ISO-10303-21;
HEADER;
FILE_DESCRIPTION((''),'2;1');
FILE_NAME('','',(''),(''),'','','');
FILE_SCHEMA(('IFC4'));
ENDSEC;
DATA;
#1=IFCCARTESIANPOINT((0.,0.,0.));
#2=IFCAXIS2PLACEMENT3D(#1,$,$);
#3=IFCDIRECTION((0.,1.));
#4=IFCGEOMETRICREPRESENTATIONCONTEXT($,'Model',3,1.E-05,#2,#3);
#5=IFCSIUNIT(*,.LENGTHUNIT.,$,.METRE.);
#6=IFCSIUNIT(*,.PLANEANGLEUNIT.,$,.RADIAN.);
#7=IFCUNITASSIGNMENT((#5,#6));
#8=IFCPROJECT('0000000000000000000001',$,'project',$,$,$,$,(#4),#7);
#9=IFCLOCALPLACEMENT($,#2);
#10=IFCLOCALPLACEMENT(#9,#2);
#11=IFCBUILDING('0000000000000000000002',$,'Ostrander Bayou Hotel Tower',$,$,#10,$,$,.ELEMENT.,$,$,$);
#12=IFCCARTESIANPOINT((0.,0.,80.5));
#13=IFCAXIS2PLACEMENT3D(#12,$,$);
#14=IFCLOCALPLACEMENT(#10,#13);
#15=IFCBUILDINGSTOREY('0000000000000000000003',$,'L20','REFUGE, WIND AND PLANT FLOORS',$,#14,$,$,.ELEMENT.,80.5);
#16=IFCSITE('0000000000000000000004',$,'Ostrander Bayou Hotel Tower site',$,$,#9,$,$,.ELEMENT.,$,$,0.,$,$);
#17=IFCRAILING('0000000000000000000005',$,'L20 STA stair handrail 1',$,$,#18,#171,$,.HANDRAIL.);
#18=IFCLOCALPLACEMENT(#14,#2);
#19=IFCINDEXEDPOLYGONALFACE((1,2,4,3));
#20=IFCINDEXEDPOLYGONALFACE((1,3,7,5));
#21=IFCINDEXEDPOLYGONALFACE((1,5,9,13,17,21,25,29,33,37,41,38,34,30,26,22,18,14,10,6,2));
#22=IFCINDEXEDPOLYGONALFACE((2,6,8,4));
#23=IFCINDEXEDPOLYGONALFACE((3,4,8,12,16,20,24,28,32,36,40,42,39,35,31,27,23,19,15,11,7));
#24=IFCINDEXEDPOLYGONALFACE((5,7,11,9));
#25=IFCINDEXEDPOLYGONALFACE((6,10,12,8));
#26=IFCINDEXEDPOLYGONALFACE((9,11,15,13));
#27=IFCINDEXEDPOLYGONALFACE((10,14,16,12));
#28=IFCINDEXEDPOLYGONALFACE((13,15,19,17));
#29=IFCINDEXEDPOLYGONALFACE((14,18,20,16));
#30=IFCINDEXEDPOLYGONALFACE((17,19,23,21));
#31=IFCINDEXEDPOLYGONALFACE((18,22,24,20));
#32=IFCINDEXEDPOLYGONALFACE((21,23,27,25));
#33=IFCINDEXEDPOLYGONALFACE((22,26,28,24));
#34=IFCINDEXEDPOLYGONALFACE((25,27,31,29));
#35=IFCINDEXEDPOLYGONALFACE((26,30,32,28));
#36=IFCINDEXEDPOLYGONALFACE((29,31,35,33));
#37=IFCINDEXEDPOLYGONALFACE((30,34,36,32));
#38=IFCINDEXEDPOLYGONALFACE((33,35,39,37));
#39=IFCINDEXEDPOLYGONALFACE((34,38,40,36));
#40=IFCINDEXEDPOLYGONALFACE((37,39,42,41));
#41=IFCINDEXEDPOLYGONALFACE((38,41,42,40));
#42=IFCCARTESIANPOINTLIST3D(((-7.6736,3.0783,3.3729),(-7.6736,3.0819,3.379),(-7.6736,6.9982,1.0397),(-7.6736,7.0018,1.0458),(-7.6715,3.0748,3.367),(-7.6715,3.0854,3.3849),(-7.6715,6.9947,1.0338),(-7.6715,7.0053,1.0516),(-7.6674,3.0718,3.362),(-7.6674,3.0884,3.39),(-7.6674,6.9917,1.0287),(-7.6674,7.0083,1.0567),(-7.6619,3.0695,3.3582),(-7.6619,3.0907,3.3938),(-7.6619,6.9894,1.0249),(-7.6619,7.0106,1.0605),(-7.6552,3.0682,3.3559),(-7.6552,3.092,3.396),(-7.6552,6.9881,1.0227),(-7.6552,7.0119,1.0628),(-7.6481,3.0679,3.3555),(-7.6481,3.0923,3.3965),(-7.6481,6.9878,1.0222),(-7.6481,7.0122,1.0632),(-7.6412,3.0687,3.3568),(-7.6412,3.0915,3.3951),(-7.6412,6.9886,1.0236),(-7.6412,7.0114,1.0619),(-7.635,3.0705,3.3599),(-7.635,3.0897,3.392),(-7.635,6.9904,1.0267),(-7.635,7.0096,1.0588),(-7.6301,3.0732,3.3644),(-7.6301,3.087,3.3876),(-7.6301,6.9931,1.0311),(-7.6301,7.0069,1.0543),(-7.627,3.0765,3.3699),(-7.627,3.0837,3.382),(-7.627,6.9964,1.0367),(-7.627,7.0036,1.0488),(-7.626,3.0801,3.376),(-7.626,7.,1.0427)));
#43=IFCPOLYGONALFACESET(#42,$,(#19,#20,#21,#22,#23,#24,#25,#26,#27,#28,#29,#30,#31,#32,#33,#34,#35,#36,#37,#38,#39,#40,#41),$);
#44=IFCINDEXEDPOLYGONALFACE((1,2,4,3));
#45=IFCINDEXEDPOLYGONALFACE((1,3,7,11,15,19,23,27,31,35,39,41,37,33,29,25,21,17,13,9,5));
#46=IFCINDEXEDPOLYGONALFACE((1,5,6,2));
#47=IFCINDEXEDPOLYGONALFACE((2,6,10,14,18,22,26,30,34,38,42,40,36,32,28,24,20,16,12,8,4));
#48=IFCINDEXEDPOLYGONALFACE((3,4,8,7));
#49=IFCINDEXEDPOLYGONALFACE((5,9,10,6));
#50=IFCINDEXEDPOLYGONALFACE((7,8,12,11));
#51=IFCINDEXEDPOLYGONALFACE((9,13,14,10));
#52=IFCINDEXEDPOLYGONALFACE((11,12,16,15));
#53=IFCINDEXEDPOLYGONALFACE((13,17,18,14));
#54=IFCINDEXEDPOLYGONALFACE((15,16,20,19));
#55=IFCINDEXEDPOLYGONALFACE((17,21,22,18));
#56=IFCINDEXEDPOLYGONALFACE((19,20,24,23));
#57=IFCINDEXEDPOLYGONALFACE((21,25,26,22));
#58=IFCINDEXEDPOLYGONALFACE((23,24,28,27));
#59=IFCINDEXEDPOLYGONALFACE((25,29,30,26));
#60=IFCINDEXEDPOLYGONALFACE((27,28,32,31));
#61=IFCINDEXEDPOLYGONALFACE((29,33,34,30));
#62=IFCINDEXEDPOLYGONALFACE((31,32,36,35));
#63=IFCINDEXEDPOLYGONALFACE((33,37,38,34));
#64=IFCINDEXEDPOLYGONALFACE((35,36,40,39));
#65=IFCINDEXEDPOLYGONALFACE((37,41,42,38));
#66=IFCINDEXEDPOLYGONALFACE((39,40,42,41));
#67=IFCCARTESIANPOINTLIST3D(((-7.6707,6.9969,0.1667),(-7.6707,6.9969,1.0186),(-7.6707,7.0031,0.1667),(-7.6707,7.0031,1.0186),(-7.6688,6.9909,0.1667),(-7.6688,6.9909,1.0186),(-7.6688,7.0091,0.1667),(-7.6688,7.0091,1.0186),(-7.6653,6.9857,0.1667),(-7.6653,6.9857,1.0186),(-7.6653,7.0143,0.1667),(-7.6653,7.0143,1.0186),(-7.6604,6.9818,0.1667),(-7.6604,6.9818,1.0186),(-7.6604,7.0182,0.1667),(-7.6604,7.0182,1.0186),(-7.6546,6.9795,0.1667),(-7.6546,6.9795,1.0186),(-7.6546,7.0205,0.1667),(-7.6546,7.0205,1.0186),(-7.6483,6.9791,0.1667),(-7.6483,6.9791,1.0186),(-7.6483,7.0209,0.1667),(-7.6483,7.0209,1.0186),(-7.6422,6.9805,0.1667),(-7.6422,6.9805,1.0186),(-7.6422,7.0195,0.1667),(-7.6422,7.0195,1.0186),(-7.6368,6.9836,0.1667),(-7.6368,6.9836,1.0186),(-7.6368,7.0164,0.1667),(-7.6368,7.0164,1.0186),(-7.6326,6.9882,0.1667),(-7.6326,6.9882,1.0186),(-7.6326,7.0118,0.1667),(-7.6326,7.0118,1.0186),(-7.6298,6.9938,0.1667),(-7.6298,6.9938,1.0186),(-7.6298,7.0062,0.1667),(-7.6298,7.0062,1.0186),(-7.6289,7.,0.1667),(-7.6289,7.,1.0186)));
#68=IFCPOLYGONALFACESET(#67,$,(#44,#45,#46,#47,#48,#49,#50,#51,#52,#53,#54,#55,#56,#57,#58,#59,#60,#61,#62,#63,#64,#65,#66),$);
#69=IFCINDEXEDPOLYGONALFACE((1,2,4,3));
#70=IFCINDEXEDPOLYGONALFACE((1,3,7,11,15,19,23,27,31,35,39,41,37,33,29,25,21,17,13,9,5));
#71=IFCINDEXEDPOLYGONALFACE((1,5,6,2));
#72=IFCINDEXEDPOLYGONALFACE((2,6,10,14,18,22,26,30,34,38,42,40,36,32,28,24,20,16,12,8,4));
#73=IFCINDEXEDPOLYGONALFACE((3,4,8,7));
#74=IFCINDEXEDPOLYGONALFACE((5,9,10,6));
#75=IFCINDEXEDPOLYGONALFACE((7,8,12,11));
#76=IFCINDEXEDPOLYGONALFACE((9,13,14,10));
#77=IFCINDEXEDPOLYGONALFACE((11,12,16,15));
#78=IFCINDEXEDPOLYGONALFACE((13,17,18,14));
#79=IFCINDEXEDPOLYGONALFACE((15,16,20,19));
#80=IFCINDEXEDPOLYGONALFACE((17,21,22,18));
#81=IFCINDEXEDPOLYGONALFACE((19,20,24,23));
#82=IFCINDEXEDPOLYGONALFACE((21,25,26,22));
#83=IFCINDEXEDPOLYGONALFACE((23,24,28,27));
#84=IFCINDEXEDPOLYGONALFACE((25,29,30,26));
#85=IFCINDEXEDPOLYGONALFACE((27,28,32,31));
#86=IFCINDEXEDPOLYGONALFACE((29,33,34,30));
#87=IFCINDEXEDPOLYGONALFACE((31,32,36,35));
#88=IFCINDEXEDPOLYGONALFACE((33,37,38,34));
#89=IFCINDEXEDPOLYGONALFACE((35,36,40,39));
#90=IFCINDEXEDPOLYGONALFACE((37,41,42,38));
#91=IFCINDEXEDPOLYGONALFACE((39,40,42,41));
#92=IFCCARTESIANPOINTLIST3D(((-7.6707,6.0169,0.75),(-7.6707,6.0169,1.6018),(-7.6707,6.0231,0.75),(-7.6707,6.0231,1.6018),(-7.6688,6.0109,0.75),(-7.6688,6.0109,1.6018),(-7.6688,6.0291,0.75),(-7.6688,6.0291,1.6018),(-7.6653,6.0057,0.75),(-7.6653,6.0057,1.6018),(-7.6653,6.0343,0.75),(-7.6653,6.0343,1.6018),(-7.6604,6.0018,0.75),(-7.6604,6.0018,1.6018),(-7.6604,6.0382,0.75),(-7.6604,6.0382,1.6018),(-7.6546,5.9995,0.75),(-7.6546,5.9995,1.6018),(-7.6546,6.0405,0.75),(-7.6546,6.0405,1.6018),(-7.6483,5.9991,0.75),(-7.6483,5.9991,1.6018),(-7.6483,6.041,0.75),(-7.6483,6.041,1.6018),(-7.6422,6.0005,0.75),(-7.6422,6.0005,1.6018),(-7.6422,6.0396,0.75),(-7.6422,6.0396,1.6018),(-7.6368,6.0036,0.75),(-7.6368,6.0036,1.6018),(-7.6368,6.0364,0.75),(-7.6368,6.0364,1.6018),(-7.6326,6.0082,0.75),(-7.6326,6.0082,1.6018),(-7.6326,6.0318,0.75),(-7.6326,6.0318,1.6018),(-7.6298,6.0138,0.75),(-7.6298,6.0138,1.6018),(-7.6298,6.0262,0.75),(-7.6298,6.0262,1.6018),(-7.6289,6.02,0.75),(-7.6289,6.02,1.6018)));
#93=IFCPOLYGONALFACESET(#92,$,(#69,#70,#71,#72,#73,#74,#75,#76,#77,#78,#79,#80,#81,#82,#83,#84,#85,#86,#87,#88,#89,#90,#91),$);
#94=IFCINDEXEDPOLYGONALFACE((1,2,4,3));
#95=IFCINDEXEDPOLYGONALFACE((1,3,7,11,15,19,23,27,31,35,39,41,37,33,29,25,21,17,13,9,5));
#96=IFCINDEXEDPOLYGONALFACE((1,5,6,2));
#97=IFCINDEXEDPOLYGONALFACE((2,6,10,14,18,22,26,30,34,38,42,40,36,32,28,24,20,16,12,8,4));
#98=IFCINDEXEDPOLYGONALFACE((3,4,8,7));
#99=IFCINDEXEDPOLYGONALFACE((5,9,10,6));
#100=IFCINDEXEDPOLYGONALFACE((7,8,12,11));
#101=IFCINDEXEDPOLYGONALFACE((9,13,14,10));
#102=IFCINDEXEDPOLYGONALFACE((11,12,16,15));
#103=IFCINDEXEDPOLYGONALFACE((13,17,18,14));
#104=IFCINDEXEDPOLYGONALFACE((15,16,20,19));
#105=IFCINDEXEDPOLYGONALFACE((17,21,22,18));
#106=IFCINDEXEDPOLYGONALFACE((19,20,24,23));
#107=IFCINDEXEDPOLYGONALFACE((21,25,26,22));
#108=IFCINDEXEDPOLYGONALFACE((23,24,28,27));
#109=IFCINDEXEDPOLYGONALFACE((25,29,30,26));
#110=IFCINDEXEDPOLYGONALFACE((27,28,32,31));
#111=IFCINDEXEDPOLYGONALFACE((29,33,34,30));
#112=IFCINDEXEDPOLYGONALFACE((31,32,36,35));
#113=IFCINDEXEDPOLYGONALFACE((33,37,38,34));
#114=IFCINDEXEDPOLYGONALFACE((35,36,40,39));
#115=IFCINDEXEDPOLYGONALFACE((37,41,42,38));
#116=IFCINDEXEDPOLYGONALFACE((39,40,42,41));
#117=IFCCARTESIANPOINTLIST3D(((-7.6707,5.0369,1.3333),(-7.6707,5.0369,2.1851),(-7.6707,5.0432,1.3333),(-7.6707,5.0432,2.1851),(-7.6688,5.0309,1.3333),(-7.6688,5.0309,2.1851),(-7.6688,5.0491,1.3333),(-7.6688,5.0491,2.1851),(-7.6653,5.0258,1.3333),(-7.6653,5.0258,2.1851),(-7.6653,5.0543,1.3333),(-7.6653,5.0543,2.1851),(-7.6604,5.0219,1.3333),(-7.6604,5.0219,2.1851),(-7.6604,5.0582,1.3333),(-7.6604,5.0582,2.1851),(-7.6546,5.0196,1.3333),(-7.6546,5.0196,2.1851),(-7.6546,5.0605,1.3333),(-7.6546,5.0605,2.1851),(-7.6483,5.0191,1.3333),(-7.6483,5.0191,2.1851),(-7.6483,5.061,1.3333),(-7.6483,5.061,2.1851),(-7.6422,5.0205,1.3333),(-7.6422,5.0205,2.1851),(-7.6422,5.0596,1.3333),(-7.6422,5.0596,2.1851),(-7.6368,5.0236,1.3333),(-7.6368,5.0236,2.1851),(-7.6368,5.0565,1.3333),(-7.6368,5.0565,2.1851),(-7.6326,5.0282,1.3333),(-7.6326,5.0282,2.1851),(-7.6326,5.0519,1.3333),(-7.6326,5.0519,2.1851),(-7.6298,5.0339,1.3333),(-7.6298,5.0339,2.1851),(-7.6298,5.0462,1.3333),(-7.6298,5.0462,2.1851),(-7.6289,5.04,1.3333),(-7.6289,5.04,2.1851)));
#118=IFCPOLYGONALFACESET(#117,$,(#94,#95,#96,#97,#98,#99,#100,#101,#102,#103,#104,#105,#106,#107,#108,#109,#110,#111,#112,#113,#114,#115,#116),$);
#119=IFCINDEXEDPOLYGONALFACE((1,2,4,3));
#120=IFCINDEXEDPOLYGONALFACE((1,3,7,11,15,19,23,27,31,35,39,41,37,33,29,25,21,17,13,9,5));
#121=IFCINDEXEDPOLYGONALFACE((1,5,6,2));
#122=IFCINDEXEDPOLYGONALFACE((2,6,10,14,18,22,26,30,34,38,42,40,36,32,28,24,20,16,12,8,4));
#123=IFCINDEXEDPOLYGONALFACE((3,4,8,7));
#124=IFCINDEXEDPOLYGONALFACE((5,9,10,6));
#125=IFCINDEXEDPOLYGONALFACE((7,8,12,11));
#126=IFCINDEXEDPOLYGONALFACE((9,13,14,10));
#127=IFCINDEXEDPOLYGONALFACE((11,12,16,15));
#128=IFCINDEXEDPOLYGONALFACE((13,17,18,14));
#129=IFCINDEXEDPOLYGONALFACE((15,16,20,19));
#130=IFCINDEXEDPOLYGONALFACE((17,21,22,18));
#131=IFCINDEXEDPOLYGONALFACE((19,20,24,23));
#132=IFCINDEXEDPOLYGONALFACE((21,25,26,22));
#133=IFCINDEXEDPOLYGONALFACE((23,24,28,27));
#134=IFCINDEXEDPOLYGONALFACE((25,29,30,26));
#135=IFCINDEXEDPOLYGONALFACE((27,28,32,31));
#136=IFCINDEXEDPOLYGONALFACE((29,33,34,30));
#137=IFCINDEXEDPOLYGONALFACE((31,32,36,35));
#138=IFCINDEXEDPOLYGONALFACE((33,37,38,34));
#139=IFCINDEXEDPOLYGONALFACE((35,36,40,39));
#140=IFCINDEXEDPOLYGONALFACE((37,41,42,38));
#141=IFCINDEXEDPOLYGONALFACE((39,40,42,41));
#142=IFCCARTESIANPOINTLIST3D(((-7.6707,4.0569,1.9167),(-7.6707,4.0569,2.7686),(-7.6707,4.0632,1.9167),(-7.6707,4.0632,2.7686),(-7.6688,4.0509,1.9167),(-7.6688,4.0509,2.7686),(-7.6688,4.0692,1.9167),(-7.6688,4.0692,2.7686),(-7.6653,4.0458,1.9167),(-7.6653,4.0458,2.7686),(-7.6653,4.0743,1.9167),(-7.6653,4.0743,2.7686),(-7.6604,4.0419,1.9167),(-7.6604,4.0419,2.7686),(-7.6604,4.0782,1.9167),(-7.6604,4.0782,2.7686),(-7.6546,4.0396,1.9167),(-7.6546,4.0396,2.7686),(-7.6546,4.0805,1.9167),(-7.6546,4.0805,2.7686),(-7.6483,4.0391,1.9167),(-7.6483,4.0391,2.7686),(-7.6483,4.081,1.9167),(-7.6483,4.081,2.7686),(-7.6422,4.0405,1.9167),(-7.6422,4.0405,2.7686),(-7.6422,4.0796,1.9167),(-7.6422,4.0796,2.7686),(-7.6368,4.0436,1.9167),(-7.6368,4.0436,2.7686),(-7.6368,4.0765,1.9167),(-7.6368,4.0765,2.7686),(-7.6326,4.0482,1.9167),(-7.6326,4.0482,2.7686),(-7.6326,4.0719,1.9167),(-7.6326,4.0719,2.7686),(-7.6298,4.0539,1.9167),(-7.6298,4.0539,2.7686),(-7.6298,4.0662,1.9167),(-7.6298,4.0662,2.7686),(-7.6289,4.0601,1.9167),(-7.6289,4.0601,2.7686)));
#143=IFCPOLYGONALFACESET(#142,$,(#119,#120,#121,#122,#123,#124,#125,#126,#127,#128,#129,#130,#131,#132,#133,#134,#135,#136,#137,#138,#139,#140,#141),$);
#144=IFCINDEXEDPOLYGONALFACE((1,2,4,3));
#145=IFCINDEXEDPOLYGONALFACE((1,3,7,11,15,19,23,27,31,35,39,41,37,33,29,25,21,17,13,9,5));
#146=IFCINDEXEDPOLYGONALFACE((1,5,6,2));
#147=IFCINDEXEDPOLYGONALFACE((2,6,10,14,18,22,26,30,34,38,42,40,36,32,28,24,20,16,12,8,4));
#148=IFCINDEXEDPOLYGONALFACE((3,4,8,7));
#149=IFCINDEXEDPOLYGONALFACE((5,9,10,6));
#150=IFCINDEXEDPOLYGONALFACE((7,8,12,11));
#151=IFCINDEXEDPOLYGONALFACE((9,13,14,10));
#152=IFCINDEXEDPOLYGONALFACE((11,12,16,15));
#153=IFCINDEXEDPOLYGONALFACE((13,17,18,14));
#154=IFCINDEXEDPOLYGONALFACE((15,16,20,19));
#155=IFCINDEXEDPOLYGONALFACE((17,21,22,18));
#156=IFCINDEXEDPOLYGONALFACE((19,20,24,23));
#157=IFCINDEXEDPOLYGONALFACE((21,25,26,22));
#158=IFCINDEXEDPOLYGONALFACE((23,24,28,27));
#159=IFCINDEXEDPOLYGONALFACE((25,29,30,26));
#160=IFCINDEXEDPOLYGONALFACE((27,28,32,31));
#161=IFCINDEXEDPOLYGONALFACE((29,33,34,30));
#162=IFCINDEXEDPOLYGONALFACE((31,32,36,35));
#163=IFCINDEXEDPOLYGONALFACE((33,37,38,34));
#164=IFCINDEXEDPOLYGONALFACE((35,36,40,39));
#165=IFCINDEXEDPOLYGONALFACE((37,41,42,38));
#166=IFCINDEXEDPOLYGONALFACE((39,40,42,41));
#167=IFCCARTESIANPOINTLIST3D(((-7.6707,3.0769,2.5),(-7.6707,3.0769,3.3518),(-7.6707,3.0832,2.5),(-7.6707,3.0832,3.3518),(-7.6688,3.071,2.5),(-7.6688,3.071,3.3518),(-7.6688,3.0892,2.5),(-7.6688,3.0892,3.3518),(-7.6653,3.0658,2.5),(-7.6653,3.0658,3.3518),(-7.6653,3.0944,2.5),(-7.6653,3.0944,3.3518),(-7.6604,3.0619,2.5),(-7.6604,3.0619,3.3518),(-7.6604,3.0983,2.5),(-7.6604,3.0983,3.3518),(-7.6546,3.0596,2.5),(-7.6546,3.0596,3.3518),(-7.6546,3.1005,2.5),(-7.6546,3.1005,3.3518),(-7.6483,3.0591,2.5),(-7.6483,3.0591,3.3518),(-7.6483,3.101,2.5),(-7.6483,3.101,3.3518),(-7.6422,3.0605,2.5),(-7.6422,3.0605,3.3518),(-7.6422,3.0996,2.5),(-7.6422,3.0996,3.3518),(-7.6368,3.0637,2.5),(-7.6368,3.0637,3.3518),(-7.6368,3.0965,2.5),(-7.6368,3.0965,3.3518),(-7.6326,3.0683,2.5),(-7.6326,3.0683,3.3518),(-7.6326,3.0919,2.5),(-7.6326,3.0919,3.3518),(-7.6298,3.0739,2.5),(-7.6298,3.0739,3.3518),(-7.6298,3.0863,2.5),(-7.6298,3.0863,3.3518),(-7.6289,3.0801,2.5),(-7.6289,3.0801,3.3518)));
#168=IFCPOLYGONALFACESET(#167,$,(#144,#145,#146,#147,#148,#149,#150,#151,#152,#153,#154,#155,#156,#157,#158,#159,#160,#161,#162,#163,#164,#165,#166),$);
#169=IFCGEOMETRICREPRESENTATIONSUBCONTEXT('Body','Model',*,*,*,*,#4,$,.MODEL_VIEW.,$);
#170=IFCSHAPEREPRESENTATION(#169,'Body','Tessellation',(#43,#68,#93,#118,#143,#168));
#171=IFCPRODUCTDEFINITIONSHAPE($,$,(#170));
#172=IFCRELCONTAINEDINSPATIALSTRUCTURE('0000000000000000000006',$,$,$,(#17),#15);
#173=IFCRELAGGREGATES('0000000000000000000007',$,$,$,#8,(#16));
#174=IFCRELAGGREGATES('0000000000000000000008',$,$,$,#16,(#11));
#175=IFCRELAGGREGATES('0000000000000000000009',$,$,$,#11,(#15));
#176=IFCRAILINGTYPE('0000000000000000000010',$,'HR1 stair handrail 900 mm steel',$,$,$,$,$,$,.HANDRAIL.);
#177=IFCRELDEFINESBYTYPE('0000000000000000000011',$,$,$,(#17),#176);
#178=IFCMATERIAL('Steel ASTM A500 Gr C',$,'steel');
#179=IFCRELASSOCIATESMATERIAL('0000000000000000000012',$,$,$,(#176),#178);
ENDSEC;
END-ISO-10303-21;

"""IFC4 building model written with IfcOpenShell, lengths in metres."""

from ifc_helpers import new_model, si_unit, direction, frame, origin, origin_2d, place, context, subcontext, project, spatial, circle, extrude, material, type_object, element, save


model = new_model("IFC4")

# Units and contexts
model_context = context("Model", 3, precision=1e-05, world=origin(), true_north=direction((0.0, 1.0)))
body_context = subcontext(model_context, "Body", "Model", "MODEL_VIEW")
ifc_project = project(units=[si_unit("LENGTHUNIT", "METRE"), si_unit("PLANEANGLEUNIT", "RADIAN")], contexts=[model_context])

# Site, building, storey
site_placement = place(None, origin())
site = spatial("IfcSite", under=ifc_project, at=site_placement, Name="Ostrander Bayou Hotel Tower site", CompositionType="ELEMENT", RefElevation=0.0)
building_placement = place(site_placement, origin())
building = spatial("IfcBuilding", under=site, at=building_placement, Name="Ostrander Bayou Hotel Tower", CompositionType="ELEMENT")
storey_placement = place(building_placement, frame((0.0, 0.0, 80.5)))
storey = spatial("IfcBuildingStorey", under=building, at=storey_placement, Name="L20", Description="REFUGE, WIND AND PLANT FLOORS", CompositionType="ELEMENT", Elevation=80.5)

# Railing
ifc_material_1 = material(Name="Steel ASTM A500 Gr C", Category="steel")
railing_type_1 = type_object("IfcRailingType", Name="HR1 stair handrail 900 mm steel", PredefinedType="HANDRAIL", material=ifc_material_1)
railing_1_placement = place(storey_placement, frame((-7.6499, 7.0, 0.1667)))
element("IfcRailing", 1, at=railing_1_placement, inside=storey, type_object=railing_type_1, Name="L20 STA stair handrail 1", PredefinedType="HANDRAIL", context=body_context, shape_type="SweptSolid", body=[
    extrude(circle(Radius=0.0239, at=origin_2d()), frame((0.0, 0.0, 0.876), z_axis=(0.0, -0.859296, 0.511478), x_axis=(1.0, 0.0, 0.0)), (0.0, 0.0, 1.0), 4.5618),
    extrude(circle(Radius=0.021, at=origin_2d()), origin(), (0.0, 0.0, 1.0), 0.8518),
    extrude(circle(Radius=0.021, at=origin_2d()), frame((0.0, -0.98, 0.5833)), (0.0, 0.0, 1.0), 0.8518),
    extrude(circle(Radius=0.021, at=origin_2d()), frame((0.0, -1.96, 1.1665)), (0.0, 0.0, 1.0), 0.8518),
    extrude(circle(Radius=0.021, at=origin_2d()), frame((0.0, -2.9399, 1.75)), (0.0, 0.0, 1.0), 0.8518),
    extrude(circle(Radius=0.021, at=origin_2d()), frame((0.0, -3.9199, 2.3333)), (0.0, 0.0, 1.0), 0.8518),
])

save(model, "model.ifc")
